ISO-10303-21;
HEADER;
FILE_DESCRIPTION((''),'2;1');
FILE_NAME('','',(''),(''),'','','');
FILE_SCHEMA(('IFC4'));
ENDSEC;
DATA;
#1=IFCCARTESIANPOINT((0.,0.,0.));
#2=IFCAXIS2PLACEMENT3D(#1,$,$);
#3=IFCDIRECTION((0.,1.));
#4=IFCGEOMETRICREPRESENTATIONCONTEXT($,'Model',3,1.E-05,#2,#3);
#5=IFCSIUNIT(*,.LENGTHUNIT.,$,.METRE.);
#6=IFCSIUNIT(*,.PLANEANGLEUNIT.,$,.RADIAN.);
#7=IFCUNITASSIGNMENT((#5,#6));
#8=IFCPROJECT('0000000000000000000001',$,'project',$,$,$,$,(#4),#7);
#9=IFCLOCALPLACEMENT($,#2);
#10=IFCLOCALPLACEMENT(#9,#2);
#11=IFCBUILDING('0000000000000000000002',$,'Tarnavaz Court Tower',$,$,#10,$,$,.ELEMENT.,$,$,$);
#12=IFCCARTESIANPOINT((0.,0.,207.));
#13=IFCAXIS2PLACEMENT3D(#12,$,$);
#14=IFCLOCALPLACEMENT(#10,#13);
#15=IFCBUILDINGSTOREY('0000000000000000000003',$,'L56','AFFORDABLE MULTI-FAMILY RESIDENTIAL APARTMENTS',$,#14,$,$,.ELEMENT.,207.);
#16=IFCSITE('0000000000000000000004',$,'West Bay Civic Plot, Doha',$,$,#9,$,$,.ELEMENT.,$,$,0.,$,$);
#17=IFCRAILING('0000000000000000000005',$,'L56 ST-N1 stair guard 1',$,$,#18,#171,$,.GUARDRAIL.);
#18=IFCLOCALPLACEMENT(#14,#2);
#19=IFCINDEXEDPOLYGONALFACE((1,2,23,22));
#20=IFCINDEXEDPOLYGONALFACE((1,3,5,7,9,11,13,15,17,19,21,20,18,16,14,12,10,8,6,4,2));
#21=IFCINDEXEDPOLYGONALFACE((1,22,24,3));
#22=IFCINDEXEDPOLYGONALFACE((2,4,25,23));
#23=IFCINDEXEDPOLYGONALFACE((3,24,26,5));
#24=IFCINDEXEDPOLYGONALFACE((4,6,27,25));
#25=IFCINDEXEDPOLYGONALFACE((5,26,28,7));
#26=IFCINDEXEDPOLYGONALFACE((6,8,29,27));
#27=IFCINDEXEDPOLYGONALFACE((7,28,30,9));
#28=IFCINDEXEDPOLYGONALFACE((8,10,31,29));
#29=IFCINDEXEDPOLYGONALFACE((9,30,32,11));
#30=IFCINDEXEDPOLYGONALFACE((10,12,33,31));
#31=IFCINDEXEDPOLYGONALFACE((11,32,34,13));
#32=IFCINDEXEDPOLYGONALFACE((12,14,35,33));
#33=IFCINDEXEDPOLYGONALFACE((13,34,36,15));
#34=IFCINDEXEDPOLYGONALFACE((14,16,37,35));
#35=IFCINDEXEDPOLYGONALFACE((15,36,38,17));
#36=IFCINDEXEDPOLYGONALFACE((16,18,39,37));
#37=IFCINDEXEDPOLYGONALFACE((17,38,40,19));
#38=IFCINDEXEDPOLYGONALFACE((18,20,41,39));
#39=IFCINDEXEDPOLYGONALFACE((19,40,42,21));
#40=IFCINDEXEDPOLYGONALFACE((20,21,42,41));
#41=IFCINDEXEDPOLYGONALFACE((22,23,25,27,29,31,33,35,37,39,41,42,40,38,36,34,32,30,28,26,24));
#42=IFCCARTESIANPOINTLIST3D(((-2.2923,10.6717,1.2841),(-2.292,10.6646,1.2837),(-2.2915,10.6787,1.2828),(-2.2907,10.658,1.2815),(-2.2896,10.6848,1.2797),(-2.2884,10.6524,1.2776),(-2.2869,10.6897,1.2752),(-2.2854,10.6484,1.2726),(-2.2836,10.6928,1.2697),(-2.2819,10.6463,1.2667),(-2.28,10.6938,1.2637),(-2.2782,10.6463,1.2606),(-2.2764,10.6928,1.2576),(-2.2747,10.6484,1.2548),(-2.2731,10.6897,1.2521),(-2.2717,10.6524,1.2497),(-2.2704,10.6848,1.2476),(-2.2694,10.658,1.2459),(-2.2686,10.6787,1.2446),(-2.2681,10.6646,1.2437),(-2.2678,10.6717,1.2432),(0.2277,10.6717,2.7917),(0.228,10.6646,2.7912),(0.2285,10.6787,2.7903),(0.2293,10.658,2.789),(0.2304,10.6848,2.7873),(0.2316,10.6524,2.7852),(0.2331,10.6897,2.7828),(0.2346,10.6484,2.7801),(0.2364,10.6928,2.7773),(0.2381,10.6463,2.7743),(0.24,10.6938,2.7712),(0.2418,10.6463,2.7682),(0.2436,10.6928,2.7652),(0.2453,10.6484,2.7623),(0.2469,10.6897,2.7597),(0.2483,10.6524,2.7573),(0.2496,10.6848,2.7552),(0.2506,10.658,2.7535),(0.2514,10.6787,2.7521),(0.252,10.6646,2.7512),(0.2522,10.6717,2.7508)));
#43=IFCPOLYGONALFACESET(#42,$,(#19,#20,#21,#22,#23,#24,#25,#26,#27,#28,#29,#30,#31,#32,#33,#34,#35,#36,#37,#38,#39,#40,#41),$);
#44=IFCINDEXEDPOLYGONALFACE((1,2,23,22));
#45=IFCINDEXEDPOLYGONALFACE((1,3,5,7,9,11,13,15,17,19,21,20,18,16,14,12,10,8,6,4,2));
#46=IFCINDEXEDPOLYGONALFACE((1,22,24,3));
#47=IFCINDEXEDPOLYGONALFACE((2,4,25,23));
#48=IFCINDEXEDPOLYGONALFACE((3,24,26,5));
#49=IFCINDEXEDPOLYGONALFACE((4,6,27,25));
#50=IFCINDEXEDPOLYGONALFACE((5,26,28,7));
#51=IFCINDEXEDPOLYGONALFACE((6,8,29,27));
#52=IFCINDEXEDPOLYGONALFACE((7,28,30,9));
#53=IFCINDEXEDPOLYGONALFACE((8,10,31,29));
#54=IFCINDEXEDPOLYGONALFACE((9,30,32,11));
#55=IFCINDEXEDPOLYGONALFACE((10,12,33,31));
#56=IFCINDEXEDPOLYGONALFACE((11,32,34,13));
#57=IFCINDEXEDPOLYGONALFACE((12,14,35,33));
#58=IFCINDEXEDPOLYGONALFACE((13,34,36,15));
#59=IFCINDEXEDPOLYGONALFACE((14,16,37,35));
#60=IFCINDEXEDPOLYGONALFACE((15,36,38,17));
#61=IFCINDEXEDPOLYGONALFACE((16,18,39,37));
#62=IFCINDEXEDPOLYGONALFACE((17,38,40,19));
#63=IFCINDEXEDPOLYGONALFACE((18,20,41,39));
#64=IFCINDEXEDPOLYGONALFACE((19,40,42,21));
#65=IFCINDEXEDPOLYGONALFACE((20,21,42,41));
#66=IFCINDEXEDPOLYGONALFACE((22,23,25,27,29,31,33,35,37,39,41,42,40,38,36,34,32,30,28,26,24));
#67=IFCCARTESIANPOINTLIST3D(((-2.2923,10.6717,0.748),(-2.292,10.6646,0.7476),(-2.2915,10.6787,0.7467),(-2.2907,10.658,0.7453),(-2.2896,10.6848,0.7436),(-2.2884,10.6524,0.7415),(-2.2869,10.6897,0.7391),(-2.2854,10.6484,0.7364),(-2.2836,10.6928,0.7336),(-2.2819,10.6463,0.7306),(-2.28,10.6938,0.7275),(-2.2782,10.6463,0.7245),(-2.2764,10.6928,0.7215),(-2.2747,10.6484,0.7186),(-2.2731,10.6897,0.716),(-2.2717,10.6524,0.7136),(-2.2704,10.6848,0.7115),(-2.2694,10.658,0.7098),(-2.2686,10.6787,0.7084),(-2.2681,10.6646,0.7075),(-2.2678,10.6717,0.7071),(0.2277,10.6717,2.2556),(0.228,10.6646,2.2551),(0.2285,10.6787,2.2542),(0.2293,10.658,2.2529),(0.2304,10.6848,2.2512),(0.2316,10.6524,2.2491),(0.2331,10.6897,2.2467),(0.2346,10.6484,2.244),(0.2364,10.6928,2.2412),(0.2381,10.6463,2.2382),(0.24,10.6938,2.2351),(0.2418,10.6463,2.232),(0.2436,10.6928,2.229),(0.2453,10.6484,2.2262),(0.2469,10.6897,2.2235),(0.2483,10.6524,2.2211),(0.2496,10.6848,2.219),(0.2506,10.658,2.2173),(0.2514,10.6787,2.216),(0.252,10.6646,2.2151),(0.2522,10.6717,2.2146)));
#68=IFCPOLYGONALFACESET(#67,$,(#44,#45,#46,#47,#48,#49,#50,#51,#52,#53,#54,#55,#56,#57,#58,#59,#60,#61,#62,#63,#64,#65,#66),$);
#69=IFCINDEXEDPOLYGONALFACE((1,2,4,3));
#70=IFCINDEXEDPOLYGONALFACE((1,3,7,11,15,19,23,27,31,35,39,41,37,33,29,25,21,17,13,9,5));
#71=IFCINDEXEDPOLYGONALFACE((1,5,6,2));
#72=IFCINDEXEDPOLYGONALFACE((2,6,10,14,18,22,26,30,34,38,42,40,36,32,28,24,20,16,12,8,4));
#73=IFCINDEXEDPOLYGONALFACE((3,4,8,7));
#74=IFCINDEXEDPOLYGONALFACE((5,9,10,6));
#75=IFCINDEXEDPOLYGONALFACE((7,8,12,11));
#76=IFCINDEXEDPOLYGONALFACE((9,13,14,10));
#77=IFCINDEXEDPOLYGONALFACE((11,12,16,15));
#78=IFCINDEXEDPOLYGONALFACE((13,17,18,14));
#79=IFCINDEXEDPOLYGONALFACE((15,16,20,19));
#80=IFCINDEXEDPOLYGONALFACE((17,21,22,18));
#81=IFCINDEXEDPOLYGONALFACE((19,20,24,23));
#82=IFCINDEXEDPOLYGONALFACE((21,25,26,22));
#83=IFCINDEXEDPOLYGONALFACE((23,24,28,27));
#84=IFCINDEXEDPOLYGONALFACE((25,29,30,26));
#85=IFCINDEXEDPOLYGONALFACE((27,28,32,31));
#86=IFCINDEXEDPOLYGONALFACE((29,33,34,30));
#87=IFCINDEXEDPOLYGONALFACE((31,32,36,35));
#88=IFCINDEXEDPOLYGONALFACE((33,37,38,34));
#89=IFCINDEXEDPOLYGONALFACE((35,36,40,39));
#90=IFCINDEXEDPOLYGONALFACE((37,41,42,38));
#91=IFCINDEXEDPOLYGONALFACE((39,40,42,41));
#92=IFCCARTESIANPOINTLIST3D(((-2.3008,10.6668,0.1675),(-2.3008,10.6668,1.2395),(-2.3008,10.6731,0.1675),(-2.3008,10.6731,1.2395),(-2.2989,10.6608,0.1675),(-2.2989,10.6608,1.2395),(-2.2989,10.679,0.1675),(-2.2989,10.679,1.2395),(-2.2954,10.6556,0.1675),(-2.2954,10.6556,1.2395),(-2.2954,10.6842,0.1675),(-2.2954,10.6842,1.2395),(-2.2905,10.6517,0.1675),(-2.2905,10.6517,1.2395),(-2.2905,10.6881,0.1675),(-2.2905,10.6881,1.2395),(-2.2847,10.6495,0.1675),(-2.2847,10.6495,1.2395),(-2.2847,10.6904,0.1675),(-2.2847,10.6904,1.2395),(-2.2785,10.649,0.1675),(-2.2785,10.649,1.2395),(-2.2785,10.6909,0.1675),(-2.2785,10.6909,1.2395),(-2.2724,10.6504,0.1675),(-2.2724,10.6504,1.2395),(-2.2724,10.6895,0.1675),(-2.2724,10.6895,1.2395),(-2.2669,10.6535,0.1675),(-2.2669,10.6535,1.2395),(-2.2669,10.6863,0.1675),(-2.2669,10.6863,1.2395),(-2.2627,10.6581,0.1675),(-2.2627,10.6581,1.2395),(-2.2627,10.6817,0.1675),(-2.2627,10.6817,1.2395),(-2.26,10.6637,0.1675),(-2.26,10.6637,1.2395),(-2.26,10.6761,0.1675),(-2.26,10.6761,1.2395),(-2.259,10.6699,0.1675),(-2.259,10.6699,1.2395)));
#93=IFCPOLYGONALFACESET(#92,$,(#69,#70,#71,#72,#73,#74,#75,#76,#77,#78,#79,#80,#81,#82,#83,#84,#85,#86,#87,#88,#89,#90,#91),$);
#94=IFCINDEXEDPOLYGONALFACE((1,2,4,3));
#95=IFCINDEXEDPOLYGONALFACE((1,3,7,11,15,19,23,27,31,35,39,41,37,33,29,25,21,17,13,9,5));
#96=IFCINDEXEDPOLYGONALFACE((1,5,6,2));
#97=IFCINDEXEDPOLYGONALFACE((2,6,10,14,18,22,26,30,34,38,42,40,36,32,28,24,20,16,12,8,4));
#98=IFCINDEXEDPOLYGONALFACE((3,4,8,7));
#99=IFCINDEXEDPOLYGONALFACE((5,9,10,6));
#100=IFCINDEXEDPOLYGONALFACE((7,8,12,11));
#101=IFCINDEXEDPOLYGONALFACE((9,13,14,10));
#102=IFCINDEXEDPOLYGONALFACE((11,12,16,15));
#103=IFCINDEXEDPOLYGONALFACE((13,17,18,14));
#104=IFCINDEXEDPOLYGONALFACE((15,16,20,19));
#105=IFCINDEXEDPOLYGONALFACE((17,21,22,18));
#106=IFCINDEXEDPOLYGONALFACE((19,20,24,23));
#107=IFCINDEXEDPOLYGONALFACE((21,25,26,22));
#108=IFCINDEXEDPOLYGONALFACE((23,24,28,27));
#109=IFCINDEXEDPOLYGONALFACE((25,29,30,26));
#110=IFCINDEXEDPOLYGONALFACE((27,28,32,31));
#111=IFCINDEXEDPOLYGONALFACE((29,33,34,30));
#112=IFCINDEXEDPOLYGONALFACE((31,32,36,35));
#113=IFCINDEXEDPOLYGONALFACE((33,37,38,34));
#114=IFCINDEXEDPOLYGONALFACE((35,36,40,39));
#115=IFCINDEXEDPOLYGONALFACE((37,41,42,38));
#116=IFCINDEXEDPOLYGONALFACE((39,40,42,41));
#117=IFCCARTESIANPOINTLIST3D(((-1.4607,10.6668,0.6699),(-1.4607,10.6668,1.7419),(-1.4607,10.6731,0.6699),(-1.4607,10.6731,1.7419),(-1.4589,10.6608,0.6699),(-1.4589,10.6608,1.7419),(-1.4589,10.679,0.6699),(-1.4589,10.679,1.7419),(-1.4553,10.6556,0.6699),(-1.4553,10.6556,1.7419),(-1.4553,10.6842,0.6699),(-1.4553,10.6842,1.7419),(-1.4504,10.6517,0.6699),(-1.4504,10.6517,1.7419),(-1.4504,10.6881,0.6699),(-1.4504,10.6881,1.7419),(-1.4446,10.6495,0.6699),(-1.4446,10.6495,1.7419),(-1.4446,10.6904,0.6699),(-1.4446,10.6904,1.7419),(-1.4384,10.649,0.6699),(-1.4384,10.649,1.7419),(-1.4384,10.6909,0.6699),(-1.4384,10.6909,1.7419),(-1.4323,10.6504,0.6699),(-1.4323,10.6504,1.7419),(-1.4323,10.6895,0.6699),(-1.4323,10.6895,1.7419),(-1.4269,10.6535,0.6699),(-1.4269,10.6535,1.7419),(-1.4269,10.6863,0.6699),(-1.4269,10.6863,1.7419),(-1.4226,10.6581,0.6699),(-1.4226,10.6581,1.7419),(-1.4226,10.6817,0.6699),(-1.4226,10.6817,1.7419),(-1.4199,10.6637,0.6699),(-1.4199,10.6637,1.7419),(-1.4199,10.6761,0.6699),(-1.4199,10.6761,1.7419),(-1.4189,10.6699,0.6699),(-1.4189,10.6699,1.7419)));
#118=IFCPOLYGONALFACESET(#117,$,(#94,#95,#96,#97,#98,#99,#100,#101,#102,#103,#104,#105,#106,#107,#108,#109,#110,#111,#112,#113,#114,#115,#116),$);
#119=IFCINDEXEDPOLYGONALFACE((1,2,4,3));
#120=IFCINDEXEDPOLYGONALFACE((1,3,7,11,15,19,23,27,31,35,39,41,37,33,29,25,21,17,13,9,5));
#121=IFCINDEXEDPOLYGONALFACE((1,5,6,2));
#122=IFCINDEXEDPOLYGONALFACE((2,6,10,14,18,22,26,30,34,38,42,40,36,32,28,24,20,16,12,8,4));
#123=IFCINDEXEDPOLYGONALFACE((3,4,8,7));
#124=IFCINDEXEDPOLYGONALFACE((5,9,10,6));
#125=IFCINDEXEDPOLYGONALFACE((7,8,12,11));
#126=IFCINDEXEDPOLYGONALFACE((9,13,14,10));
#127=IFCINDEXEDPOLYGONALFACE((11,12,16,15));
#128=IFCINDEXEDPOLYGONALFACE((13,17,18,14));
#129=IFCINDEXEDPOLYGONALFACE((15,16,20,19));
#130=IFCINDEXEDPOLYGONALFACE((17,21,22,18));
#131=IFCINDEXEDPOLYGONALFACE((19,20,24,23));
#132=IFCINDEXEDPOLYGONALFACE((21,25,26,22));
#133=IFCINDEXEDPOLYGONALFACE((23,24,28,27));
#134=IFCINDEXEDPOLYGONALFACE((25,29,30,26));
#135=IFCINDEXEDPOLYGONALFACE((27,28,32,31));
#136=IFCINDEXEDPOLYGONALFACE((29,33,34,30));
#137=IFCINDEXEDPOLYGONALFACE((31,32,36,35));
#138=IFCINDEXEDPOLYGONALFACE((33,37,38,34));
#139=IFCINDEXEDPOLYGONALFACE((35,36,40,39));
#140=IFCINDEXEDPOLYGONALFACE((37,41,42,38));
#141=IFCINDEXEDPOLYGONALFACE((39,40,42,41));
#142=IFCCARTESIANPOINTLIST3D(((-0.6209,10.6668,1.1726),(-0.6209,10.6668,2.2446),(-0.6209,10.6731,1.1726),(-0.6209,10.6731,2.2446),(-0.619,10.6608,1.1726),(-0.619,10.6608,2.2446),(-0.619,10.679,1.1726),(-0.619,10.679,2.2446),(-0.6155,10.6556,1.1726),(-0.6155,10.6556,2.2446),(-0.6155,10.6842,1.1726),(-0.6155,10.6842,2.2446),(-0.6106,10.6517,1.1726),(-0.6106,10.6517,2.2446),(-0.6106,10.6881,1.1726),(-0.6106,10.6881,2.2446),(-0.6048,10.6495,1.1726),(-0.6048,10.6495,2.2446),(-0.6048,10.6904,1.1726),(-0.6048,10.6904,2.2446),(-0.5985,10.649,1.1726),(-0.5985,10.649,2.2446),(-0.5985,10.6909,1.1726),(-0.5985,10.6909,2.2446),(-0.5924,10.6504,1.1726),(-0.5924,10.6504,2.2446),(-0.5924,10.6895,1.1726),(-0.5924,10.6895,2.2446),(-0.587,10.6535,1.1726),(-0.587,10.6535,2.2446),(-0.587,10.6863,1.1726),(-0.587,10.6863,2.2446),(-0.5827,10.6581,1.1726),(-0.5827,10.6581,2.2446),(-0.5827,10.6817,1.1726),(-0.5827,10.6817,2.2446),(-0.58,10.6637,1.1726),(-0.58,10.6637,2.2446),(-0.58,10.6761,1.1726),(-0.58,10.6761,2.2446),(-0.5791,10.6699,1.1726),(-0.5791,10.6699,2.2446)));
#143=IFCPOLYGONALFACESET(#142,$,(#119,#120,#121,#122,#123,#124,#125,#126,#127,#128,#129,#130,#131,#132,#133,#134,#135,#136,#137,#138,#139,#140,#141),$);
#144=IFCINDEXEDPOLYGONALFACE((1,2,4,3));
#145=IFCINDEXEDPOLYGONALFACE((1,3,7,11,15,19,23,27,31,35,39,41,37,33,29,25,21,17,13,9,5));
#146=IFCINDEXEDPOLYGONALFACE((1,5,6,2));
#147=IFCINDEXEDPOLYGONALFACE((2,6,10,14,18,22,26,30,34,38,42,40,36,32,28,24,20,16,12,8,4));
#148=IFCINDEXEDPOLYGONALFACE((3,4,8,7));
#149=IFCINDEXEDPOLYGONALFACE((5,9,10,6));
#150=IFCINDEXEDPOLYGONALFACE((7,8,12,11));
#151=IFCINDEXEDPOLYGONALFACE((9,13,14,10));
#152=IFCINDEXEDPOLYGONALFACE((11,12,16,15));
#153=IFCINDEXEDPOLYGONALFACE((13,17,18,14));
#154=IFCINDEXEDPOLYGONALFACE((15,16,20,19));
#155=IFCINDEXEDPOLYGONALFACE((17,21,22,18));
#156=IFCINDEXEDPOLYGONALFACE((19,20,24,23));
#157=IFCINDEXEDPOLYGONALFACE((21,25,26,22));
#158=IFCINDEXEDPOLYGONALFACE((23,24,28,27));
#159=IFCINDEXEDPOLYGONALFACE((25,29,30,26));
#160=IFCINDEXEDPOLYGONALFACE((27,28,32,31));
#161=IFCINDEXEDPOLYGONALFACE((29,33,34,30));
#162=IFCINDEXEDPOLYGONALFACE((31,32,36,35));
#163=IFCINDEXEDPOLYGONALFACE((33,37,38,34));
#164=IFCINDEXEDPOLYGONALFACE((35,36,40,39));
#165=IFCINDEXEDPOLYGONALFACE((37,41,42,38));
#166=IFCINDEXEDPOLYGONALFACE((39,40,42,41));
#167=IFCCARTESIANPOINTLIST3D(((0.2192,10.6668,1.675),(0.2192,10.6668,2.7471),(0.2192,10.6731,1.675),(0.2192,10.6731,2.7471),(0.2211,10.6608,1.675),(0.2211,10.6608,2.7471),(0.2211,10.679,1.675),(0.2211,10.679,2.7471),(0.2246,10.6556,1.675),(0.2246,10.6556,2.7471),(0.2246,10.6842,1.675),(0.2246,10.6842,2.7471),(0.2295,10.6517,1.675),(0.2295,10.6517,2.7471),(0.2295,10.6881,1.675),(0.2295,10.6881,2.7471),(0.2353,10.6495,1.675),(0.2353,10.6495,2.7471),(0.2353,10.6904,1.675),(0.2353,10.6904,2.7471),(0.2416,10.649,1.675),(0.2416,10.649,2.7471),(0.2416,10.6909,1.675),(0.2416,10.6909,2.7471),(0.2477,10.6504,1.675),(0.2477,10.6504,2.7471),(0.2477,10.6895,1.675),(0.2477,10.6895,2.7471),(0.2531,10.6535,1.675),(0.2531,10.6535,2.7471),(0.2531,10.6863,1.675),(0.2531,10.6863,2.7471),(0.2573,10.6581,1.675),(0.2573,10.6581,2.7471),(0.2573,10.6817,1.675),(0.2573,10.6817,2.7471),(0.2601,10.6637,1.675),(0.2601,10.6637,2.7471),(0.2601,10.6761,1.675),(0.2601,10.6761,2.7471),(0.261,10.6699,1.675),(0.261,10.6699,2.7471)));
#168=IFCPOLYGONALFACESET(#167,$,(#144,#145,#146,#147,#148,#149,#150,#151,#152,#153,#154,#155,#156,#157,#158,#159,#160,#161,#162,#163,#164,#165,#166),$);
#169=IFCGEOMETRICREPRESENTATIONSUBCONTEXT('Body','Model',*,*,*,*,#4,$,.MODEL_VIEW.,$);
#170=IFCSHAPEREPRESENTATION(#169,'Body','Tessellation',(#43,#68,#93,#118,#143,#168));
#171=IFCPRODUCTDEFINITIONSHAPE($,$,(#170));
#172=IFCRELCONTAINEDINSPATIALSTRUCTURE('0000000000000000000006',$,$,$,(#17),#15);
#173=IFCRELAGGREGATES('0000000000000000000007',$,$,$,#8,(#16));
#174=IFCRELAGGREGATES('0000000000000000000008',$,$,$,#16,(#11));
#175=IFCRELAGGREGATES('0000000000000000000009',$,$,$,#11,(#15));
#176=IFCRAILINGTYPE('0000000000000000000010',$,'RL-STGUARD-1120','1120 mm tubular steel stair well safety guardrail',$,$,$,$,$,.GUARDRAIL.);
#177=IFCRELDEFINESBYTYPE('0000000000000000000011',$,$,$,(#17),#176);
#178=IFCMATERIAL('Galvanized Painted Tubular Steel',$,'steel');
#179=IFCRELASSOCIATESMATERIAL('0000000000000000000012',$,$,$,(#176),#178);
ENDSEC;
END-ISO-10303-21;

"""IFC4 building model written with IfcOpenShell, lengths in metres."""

from ifc_helpers import new_model, si_unit, direction, frame, origin, origin_2d, place, context, subcontext, project, spatial, circle, extrude, material, type_object, element, save


model = new_model("IFC4")

# Units and contexts
model_context = context("Model", 3, precision=1e-05, world=origin(), true_north=direction((0.0, 1.0)))
body_context = subcontext(model_context, "Body", "Model", "MODEL_VIEW")
ifc_project = project(units=[si_unit("LENGTHUNIT", "METRE"), si_unit("PLANEANGLEUNIT", "RADIAN")], contexts=[model_context])

# Site, building, storey
site_placement = place(None, origin())
site = spatial("IfcSite", under=ifc_project, at=site_placement, Name="West Bay Civic Plot, Doha", CompositionType="ELEMENT", RefElevation=0.0)
building_placement = place(site_placement, origin())
building = spatial("IfcBuilding", under=site, at=building_placement, Name="Tarnavaz Court Tower", CompositionType="ELEMENT")
storey_placement = place(building_placement, frame((0.0, 0.0, 207.0)))
storey = spatial("IfcBuildingStorey", under=building, at=storey_placement, Name="L56", Description="AFFORDABLE MULTI-FAMILY RESIDENTIAL APARTMENTS", CompositionType="ELEMENT", Elevation=207.0)

# Railing
ifc_material_1 = material(Name="Galvanized Painted Tubular Steel", Category="steel")
railing_type_1 = type_object("IfcRailingType", Name="RL-STGUARD-1120", Description="1120 mm tubular steel stair well safety guardrail", PredefinedType="GUARDRAIL", material=ifc_material_1)
railing_1_placement = place(storey_placement, frame((-2.28, 10.6699, 0.1675)))
element("IfcRailing", 1, at=railing_1_placement, inside=storey, type_object=railing_type_1, Name="L56 ST-N1 stair guard 1", PredefinedType="GUARDRAIL", context=body_context, shape_type="SweptSolid", body=[
    extrude(circle(Radius=0.0239, at=origin_2d()), frame((0.0, 0.0, 1.0962), z_axis=(0.85816, 0.0, 0.513383), x_axis=(0.0, 1.0, 0.0)), (0.0, 0.0, 1.0), 2.9365),
    extrude(circle(Radius=0.0239, at=origin_2d()), frame((0.0, 0.0, 0.5601), z_axis=(0.85816, 0.0, 0.513383), x_axis=(0.0, 1.0, 0.0)), (0.0, 0.0, 1.0), 2.9365),
    extrude(circle(Radius=0.021, at=origin_2d()), origin(), (0.0, 0.0, 1.0), 1.072),
    extrude(circle(Radius=0.021, at=origin_2d()), frame((0.8401, 0.0, 0.5024)), (0.0, 0.0, 1.0), 1.072),
    extrude(circle(Radius=0.021, at=origin_2d()), frame((1.6799, 0.0, 1.0051)), (0.0, 0.0, 1.0), 1.072),
    extrude(circle(Radius=0.021, at=origin_2d()), frame((2.52, 0.0, 1.5076)), (0.0, 0.0, 1.0), 1.072),
])

save(model, "model.ifc")
